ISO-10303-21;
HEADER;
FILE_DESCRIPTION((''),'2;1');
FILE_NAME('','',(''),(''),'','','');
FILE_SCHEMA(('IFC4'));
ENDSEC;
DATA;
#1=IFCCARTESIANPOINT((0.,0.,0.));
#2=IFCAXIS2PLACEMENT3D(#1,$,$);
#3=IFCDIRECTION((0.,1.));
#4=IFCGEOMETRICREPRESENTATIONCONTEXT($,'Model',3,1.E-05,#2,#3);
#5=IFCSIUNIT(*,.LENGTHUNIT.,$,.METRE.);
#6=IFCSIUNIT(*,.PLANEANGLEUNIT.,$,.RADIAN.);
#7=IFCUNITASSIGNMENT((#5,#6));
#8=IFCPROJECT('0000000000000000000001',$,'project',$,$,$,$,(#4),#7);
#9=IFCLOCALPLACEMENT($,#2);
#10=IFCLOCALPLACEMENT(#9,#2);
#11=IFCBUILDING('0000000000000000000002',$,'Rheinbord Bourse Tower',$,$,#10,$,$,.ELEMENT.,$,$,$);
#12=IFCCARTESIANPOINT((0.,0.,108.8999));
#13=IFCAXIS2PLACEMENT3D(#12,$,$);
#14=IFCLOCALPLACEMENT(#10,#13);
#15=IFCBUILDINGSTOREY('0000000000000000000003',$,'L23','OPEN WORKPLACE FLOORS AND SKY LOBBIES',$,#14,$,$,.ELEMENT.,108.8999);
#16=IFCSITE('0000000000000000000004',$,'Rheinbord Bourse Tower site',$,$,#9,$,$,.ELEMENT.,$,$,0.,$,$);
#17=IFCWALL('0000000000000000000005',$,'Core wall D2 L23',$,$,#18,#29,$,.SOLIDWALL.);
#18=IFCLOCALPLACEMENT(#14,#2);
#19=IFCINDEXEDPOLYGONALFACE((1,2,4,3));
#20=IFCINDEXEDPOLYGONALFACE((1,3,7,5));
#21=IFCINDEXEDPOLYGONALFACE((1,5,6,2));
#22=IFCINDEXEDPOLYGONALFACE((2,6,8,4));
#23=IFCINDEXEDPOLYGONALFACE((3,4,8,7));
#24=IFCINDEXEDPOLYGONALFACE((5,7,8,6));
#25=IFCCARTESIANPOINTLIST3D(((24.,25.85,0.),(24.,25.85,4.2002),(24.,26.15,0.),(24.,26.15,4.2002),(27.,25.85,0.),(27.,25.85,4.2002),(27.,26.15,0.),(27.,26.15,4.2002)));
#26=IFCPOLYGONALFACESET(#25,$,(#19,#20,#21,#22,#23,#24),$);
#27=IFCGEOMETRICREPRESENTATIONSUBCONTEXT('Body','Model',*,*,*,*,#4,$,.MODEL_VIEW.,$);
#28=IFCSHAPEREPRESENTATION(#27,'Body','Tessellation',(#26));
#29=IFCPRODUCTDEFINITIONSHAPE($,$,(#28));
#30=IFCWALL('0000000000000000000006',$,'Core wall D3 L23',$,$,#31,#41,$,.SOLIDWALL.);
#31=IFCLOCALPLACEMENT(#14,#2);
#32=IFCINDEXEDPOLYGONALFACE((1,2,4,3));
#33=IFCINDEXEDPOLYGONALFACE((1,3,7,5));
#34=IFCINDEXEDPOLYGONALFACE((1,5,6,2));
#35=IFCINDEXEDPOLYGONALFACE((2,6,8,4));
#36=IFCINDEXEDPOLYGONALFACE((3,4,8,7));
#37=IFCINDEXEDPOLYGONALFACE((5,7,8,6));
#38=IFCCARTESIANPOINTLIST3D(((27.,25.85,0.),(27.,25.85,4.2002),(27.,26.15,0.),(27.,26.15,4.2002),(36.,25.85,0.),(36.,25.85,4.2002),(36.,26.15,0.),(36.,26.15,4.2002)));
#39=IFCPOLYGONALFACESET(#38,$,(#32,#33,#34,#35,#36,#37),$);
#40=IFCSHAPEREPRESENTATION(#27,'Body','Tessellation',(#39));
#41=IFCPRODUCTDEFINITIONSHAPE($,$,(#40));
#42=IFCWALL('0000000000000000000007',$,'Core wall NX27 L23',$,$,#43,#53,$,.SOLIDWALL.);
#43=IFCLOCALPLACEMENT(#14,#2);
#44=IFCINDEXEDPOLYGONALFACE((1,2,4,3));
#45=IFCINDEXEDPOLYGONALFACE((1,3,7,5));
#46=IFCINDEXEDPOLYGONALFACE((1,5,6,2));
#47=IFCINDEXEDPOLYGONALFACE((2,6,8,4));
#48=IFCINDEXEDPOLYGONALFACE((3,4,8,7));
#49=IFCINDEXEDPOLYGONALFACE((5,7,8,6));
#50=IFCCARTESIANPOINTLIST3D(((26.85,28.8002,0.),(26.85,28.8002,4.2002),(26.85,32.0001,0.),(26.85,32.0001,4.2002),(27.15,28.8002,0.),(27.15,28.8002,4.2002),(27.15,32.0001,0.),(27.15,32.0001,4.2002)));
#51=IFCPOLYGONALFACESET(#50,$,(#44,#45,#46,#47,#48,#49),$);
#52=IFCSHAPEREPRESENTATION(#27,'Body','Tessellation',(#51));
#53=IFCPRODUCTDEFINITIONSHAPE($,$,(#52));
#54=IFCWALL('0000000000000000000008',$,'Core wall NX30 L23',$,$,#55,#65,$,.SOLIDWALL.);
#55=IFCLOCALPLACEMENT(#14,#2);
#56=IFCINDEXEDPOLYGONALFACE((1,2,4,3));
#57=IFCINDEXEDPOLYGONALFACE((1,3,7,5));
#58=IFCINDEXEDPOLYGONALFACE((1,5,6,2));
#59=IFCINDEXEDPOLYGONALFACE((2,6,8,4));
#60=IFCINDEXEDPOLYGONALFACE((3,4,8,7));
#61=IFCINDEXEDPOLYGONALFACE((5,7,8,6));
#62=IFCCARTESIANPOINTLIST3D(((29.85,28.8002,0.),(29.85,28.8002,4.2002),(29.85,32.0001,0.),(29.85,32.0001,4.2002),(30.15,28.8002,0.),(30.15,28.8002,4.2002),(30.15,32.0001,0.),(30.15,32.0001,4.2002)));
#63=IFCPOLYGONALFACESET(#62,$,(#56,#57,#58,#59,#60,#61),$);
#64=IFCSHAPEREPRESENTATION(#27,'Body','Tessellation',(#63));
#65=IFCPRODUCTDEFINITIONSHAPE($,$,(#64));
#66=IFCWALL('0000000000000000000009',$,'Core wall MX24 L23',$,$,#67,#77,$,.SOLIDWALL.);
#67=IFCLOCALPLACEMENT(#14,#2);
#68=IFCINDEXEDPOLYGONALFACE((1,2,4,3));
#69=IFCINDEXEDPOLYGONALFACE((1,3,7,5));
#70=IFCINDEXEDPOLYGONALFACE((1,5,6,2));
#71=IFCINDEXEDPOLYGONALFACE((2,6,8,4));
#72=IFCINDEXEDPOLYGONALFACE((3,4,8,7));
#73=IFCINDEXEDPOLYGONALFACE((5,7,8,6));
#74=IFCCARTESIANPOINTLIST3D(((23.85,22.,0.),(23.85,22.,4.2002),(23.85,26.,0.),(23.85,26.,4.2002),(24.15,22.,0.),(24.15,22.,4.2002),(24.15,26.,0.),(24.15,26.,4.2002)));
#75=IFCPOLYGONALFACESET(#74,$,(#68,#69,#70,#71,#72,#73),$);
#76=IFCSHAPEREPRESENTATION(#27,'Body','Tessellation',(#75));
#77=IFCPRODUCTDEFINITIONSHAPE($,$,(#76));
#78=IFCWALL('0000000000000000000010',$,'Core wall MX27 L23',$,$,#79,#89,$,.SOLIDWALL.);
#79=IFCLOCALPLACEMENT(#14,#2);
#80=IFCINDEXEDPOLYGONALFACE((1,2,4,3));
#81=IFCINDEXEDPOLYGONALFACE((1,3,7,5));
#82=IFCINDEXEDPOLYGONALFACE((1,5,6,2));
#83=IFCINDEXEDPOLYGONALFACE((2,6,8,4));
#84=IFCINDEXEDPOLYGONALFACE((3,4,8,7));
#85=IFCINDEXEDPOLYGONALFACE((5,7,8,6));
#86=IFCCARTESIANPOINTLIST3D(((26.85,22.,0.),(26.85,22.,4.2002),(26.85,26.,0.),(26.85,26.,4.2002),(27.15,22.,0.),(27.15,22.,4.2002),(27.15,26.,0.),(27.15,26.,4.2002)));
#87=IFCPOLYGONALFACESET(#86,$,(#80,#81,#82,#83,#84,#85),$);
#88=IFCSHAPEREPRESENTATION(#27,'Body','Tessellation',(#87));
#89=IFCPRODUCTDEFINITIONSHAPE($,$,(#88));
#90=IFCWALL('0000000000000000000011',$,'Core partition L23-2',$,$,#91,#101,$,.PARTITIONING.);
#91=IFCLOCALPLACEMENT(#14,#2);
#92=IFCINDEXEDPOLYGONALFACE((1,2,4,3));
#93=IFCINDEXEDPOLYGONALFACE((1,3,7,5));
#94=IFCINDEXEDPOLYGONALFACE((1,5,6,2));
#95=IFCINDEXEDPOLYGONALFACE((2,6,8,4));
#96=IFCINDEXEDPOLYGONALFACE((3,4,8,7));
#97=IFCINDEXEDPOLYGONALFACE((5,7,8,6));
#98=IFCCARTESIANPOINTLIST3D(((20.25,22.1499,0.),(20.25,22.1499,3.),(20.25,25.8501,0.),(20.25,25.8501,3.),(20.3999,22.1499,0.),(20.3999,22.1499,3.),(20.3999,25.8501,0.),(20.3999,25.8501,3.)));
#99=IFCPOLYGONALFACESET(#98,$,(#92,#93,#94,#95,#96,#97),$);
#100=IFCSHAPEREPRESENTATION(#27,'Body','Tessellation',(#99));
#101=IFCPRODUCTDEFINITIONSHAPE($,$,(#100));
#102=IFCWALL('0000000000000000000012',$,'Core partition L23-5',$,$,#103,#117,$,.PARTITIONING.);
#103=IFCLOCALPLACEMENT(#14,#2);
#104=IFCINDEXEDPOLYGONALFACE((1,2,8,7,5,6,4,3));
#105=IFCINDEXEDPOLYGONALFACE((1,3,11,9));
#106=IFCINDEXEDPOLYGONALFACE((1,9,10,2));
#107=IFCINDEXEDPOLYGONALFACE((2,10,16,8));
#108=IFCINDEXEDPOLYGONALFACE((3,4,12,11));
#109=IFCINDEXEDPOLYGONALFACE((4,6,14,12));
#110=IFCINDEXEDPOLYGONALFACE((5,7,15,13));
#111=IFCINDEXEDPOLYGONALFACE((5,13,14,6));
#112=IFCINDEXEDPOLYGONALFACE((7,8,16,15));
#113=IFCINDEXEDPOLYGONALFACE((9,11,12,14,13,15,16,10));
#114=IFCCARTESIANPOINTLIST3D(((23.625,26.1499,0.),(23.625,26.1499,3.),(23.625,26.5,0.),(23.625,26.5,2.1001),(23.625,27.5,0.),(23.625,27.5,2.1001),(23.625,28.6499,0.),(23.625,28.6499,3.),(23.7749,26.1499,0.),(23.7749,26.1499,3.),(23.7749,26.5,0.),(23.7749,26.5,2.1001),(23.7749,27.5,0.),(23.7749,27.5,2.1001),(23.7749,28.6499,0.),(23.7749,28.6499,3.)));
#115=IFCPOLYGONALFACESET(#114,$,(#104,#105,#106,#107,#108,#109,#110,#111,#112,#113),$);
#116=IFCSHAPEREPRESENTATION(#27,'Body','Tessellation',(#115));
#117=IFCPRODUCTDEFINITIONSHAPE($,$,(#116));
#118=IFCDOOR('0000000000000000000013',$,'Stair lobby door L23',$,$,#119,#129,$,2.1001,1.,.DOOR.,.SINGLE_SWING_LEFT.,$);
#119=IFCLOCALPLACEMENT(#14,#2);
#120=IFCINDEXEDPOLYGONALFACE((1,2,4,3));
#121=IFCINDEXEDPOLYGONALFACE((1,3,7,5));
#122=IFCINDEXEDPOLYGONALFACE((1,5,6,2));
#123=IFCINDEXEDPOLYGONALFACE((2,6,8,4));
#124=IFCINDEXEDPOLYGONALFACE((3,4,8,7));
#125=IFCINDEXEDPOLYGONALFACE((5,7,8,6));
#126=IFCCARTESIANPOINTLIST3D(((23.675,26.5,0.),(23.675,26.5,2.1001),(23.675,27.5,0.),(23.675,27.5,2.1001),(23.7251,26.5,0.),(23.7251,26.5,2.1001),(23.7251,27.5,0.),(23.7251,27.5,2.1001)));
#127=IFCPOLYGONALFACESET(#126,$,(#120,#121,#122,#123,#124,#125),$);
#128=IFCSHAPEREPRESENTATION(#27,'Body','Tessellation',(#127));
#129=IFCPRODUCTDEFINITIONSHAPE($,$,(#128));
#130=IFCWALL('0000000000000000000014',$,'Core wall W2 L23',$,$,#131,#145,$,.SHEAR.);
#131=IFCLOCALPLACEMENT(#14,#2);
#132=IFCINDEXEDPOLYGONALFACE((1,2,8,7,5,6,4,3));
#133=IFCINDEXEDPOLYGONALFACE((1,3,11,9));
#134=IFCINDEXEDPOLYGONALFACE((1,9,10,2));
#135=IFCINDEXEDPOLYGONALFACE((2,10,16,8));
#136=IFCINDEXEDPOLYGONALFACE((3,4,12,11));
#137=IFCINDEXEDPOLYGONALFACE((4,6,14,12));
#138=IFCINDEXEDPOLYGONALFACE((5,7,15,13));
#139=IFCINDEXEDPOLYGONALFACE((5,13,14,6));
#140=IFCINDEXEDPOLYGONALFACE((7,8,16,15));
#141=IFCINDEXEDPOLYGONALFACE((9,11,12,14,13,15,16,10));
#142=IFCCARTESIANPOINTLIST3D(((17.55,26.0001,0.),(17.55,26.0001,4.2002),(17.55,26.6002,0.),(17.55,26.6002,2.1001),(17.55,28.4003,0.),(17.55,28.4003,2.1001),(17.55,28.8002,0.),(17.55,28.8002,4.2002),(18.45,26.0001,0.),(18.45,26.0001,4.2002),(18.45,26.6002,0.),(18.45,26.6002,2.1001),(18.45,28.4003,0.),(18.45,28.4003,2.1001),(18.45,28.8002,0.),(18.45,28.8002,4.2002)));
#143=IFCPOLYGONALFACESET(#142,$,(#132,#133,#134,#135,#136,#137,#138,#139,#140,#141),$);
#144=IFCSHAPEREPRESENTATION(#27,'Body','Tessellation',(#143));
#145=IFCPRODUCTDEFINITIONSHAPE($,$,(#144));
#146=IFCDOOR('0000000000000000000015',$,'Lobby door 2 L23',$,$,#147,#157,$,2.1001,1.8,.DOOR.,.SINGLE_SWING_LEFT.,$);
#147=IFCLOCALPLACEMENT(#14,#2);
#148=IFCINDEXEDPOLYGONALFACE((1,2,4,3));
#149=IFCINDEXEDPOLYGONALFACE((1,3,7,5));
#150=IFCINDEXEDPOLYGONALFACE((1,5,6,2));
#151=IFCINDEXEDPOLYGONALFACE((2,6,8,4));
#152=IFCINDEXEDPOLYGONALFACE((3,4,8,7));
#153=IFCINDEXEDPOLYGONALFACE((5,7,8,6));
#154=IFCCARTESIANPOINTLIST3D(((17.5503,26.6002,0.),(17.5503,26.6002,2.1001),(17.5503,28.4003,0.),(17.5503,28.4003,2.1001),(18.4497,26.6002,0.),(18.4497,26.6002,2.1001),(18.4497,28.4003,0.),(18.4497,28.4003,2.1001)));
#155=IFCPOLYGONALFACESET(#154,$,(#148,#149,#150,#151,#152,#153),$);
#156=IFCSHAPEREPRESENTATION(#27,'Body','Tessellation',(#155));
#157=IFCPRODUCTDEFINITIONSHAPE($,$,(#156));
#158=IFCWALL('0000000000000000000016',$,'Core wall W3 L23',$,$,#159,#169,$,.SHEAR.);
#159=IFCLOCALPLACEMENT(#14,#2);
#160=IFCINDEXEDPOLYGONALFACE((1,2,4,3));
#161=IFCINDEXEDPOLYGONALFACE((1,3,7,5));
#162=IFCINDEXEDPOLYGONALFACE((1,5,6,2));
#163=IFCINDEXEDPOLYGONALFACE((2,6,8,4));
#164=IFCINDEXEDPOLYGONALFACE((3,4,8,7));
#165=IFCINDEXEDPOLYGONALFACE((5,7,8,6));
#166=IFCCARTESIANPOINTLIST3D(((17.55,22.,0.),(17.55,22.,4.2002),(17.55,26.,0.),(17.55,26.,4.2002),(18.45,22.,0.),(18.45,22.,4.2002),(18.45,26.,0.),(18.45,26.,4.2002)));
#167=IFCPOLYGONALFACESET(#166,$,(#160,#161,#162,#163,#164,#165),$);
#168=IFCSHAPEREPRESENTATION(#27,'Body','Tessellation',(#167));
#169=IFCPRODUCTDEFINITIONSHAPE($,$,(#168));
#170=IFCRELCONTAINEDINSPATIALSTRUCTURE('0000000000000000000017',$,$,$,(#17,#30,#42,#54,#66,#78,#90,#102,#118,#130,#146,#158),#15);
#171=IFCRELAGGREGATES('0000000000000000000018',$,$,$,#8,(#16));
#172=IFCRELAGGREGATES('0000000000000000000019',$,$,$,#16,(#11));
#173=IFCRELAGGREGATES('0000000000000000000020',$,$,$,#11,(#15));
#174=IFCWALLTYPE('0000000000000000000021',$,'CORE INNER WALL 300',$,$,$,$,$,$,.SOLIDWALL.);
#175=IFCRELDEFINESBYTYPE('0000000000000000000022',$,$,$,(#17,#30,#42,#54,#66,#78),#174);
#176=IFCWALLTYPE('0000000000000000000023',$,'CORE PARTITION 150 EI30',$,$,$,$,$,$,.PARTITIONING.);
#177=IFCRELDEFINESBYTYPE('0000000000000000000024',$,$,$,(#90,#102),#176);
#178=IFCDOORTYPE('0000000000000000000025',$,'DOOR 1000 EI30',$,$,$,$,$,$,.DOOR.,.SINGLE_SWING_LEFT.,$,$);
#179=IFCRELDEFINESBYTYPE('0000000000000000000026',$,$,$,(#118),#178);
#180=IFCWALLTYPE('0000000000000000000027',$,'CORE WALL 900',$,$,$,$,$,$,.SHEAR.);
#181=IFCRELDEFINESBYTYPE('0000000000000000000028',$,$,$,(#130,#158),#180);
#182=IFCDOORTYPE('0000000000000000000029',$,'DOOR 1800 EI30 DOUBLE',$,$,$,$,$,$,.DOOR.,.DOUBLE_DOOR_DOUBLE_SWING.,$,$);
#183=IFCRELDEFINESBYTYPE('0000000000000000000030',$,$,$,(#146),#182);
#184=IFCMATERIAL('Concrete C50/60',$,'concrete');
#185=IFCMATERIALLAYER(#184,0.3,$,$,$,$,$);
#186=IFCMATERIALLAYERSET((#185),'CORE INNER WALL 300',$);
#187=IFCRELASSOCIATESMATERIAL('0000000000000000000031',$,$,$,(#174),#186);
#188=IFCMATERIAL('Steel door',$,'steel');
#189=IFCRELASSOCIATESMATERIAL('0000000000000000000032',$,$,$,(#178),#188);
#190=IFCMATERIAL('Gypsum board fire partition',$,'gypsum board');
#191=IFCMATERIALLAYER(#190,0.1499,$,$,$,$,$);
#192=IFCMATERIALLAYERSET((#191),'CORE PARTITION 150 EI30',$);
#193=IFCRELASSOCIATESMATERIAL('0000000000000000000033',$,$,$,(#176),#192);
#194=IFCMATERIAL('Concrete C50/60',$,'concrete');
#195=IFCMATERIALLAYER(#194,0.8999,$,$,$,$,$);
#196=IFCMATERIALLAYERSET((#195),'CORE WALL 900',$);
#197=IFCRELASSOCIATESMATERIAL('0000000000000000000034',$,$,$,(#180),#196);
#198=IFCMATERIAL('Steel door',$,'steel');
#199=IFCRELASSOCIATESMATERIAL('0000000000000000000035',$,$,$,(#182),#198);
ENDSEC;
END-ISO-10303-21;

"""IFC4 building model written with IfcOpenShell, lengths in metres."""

from ifc_helpers import new_model, si_unit, direction, frame, frame_2d, origin, place, context, subcontext, project, spatial, rectangle, extrude, material, layer, layer_set, type_object, element, fill, save


model = new_model("IFC4")

# Units and contexts
model_context = context("Model", 3, precision=1e-05, world=origin(), true_north=direction((0.0, 1.0)))
body_context = subcontext(model_context, "Body", "Model", "MODEL_VIEW")
ifc_project = project(units=[si_unit("LENGTHUNIT", "METRE"), si_unit("PLANEANGLEUNIT", "RADIAN")], contexts=[model_context])

# Site, building, storey
site_placement = place(None, origin())
site = spatial("IfcSite", under=ifc_project, at=site_placement, Name="Rheinbord Bourse Tower site", CompositionType="ELEMENT", RefElevation=0.0)
building_placement = place(site_placement, origin())
building = spatial("IfcBuilding", under=site, at=building_placement, Name="Rheinbord Bourse Tower", CompositionType="ELEMENT")
storey_placement = place(building_placement, frame((0.0, 0.0, 108.8999)))
storey = spatial("IfcBuildingStorey", under=building, at=storey_placement, Name="L23", Description="OPEN WORKPLACE FLOORS AND SKY LOBBIES", CompositionType="ELEMENT", Elevation=108.8999)

# Shared definitions
ifc_material_1 = material(Name="Concrete C50/60", Category="concrete")
ifc_layer_1 = layer(ifc_material_1, 0.3)
ifc_layer_set_1 = layer_set([ifc_layer_1], Name="CORE INNER WALL 300")
wall_type_1 = type_object("IfcWallType", Name="CORE INNER WALL 300", PredefinedType="SOLIDWALL", material=ifc_layer_set_1)
ifc_material_2 = material(Name="Steel door", Category="steel")
door_type_1 = type_object("IfcDoorType", Name="DOOR 1000 EI30", OperationType="SINGLE_SWING_LEFT", PredefinedType="DOOR", material=ifc_material_2)

# Walls
wall_1_placement = place(storey_placement, frame((24.0, 26.0, 0.0), z_axis=(0.0, 0.0, 1.0), x_axis=(1.0, 0.0, 0.0)))
element("IfcWall", 1, at=wall_1_placement, inside=storey, type_object=wall_type_1, Name="Core wall D2 L23", PredefinedType="SOLIDWALL", context=body_context, shape_type="SweptSolid", body=[
    extrude(rectangle(XDim=3.0, YDim=0.3, at=frame_2d((1.5, 0.0))), origin(), (0.0, 0.0, 1.0), 4.2002),
])
wall_2_placement = place(storey_placement, frame((27.0, 26.0, 0.0), z_axis=(0.0, 0.0, 1.0), x_axis=(1.0, 0.0, 0.0)))
element("IfcWall", 2, at=wall_2_placement, inside=storey, type_object=wall_type_1, Name="Core wall D3 L23", PredefinedType="SOLIDWALL", context=body_context, shape_type="SweptSolid", body=[
    extrude(rectangle(XDim=9.0, YDim=0.3, at=frame_2d((4.5, 0.0))), origin(), (0.0, 0.0, 1.0), 4.2002),
])
for number, where, z_axis, x_axis, name in (
    (3, (27.0, 28.8, 0.0), (0.0, 0.0, 1.0), (0.0, 1.0, 0.0), "Core wall NX27 L23"),
    (4, (30.0, 28.8, 0.0), (0.0, 0.0, 1.0), (0.0, 1.0, 0.0), "Core wall NX30 L23"),
):
    element("IfcWall", number, at=place(storey_placement, frame(where, z_axis=z_axis, x_axis=x_axis)), inside=storey, type_object=wall_type_1, Name=name, PredefinedType="SOLIDWALL", context=body_context, shape_type="SweptSolid", body=[
        extrude(rectangle(XDim=3.2, YDim=0.3, at=frame_2d((1.6001, 0.0))), origin(), (0.0, 0.0, 1.0), 4.2002),
    ])
for number, where, z_axis, x_axis, name in (
    (5, (24.0, 22.0, 0.0), (0.0, 0.0, 1.0), (0.0, 1.0, 0.0), "Core wall MX24 L23"),
    (6, (27.0, 22.0, 0.0), (0.0, 0.0, 1.0), (0.0, 1.0, 0.0), "Core wall MX27 L23"),
):
    element("IfcWall", number, at=place(storey_placement, frame(where, z_axis=z_axis, x_axis=x_axis)), inside=storey, type_object=wall_type_1, Name=name, PredefinedType="SOLIDWALL", context=body_context, shape_type="SweptSolid", body=[
        extrude(rectangle(XDim=4.0, YDim=0.3, at=frame_2d((2.0, 0.0))), origin(), (0.0, 0.0, 1.0), 4.2002),
    ])
ifc_material_3 = material(Name="Gypsum board fire partition", Category="gypsum board")
ifc_layer_2 = layer(ifc_material_3, 0.1499)
ifc_layer_set_2 = layer_set([ifc_layer_2], Name="CORE PARTITION 150 EI30")
wall_type_2 = type_object("IfcWallType", Name="CORE PARTITION 150 EI30", PredefinedType="PARTITIONING", material=ifc_layer_set_2)
wall_3_placement = place(storey_placement, frame((20.325, 22.1499, 0.0), z_axis=(0.0, 0.0, 1.0), x_axis=(0.0, 1.0, 0.0)))
element("IfcWall", 7, at=wall_3_placement, inside=storey, type_object=wall_type_2, Name="Core partition L23-2", PredefinedType="PARTITIONING", context=body_context, shape_type="SweptSolid", body=[
    extrude(rectangle(XDim=3.7002, YDim=0.1499, at=frame_2d((1.8501, 0.0))), origin(), (0.0, 0.0, 1.0), 3.0),
])

# Walls, openings, doors
wall_4_placement = place(storey_placement, frame((23.7, 26.1499, 0.0), z_axis=(0.0, 0.0, 1.0), x_axis=(0.0, 1.0, 0.0)))
wall_4 = element("IfcWall", 8, at=wall_4_placement, inside=storey, type_object=wall_type_2, Name="Core partition L23-5", PredefinedType="PARTITIONING", context=body_context, shape_type="SweptSolid", body=[
    extrude(rectangle(XDim=2.5, YDim=0.1499, at=frame_2d((1.25, 0.0))), origin(), (0.0, 0.0, 1.0), 3.0),
])
opening_1_placement = place(wall_4_placement, frame((0.3501, 0.0, 0.0)))
opening_1 = element("IfcOpeningElement", 9, at=opening_1_placement, cuts=wall_4, PredefinedType="OPENING", context=body_context, shape_type="SweptSolid", body=[
    extrude(rectangle(XDim=1.0, YDim=2.1001, at=frame_2d((0.5, 1.05))), frame((0.0, 0.085, 0.0), z_axis=(0.0, -1.0, 0.0), x_axis=(1.0, 0.0, 0.0)), (0.0, 0.0, 1.0), 0.1699),
])
door_1_placement = place(opening_1_placement, origin())
door_1 = element("IfcDoor", 10, at=door_1_placement, inside=storey, type_object=door_type_1, Name="Stair lobby door L23", OperationType="SINGLE_SWING_LEFT", OverallHeight=2.1001, OverallWidth=1.0, PredefinedType="DOOR", context=body_context, shape_type="SweptSolid", body=[
    extrude(rectangle(XDim=1.0, YDim=2.1001, at=frame_2d((0.5, 1.05))), frame((0.0, 0.0249, 0.0), z_axis=(0.0, -1.0, 0.0), x_axis=(1.0, 0.0, 0.0)), (0.0, 0.0, 1.0), 0.05),
])
fill(opening_1, door_1)
ifc_material_4 = material(Name="Concrete C50/60", Category="concrete")
ifc_layer_3 = layer(ifc_material_4, 0.8999)
ifc_layer_set_3 = layer_set([ifc_layer_3], Name="CORE WALL 900")
wall_type_3 = type_object("IfcWallType", Name="CORE WALL 900", PredefinedType="SHEAR", material=ifc_layer_set_3)
wall_5_placement = place(storey_placement, frame((18.0, 28.8, 0.0), z_axis=(0.0, 0.0, 1.0), x_axis=(0.0, -1.0, 0.0)))
wall_5 = element("IfcWall", 11, at=wall_5_placement, inside=storey, type_object=wall_type_3, Name="Core wall W2 L23", PredefinedType="SHEAR", context=body_context, shape_type="SweptSolid", body=[
    extrude(rectangle(XDim=2.8, YDim=0.8999, at=frame_2d((1.3999, 0.0))), origin(), (0.0, 0.0, 1.0), 4.2002),
])
opening_2_placement = place(wall_5_placement, frame((0.3999, 0.0, 0.0)))
opening_2 = element("IfcOpeningElement", 12, at=opening_2_placement, cuts=wall_5, PredefinedType="OPENING", context=body_context, shape_type="SweptSolid", body=[
    extrude(rectangle(XDim=1.8, YDim=2.1001, at=frame_2d((0.8999, 1.05))), frame((0.0, 0.46, 0.0), z_axis=(0.0, -1.0, 0.0), x_axis=(1.0, 0.0, 0.0)), (0.0, 0.0, 1.0), 0.9199),
])
ifc_material_5 = material(Name="Steel door", Category="steel")
door_type_2 = type_object("IfcDoorType", Name="DOOR 1800 EI30 DOUBLE", OperationType="DOUBLE_DOOR_DOUBLE_SWING", PredefinedType="DOOR", material=ifc_material_5)
door_2_placement = place(opening_2_placement, origin())
door_2 = element("IfcDoor", 13, at=door_2_placement, inside=storey, type_object=door_type_2, Name="Lobby door 2 L23", OperationType="SINGLE_SWING_LEFT", OverallHeight=2.1001, OverallWidth=1.8, PredefinedType="DOOR", context=body_context, shape_type="SweptSolid", body=[
    extrude(rectangle(XDim=1.8, YDim=2.1001, at=frame_2d((0.8999, 1.05))), frame((0.0, 0.4497, 0.0), z_axis=(0.0, -1.0, 0.0), x_axis=(1.0, 0.0, 0.0)), (0.0, 0.0, 1.0), 0.8994),
])
fill(opening_2, door_2)

# Wall
wall_6_placement = place(storey_placement, frame((18.0, 26.0, 0.0), z_axis=(0.0, 0.0, 1.0), x_axis=(0.0, -1.0, 0.0)))
element("IfcWall", 14, at=wall_6_placement, inside=storey, type_object=wall_type_3, Name="Core wall W3 L23", PredefinedType="SHEAR", context=body_context, shape_type="SweptSolid", body=[
    extrude(rectangle(XDim=4.0, YDim=0.8999, at=frame_2d((2.0, 0.0))), origin(), (0.0, 0.0, 1.0), 4.2002),
])

save(model, "model.ifc")
